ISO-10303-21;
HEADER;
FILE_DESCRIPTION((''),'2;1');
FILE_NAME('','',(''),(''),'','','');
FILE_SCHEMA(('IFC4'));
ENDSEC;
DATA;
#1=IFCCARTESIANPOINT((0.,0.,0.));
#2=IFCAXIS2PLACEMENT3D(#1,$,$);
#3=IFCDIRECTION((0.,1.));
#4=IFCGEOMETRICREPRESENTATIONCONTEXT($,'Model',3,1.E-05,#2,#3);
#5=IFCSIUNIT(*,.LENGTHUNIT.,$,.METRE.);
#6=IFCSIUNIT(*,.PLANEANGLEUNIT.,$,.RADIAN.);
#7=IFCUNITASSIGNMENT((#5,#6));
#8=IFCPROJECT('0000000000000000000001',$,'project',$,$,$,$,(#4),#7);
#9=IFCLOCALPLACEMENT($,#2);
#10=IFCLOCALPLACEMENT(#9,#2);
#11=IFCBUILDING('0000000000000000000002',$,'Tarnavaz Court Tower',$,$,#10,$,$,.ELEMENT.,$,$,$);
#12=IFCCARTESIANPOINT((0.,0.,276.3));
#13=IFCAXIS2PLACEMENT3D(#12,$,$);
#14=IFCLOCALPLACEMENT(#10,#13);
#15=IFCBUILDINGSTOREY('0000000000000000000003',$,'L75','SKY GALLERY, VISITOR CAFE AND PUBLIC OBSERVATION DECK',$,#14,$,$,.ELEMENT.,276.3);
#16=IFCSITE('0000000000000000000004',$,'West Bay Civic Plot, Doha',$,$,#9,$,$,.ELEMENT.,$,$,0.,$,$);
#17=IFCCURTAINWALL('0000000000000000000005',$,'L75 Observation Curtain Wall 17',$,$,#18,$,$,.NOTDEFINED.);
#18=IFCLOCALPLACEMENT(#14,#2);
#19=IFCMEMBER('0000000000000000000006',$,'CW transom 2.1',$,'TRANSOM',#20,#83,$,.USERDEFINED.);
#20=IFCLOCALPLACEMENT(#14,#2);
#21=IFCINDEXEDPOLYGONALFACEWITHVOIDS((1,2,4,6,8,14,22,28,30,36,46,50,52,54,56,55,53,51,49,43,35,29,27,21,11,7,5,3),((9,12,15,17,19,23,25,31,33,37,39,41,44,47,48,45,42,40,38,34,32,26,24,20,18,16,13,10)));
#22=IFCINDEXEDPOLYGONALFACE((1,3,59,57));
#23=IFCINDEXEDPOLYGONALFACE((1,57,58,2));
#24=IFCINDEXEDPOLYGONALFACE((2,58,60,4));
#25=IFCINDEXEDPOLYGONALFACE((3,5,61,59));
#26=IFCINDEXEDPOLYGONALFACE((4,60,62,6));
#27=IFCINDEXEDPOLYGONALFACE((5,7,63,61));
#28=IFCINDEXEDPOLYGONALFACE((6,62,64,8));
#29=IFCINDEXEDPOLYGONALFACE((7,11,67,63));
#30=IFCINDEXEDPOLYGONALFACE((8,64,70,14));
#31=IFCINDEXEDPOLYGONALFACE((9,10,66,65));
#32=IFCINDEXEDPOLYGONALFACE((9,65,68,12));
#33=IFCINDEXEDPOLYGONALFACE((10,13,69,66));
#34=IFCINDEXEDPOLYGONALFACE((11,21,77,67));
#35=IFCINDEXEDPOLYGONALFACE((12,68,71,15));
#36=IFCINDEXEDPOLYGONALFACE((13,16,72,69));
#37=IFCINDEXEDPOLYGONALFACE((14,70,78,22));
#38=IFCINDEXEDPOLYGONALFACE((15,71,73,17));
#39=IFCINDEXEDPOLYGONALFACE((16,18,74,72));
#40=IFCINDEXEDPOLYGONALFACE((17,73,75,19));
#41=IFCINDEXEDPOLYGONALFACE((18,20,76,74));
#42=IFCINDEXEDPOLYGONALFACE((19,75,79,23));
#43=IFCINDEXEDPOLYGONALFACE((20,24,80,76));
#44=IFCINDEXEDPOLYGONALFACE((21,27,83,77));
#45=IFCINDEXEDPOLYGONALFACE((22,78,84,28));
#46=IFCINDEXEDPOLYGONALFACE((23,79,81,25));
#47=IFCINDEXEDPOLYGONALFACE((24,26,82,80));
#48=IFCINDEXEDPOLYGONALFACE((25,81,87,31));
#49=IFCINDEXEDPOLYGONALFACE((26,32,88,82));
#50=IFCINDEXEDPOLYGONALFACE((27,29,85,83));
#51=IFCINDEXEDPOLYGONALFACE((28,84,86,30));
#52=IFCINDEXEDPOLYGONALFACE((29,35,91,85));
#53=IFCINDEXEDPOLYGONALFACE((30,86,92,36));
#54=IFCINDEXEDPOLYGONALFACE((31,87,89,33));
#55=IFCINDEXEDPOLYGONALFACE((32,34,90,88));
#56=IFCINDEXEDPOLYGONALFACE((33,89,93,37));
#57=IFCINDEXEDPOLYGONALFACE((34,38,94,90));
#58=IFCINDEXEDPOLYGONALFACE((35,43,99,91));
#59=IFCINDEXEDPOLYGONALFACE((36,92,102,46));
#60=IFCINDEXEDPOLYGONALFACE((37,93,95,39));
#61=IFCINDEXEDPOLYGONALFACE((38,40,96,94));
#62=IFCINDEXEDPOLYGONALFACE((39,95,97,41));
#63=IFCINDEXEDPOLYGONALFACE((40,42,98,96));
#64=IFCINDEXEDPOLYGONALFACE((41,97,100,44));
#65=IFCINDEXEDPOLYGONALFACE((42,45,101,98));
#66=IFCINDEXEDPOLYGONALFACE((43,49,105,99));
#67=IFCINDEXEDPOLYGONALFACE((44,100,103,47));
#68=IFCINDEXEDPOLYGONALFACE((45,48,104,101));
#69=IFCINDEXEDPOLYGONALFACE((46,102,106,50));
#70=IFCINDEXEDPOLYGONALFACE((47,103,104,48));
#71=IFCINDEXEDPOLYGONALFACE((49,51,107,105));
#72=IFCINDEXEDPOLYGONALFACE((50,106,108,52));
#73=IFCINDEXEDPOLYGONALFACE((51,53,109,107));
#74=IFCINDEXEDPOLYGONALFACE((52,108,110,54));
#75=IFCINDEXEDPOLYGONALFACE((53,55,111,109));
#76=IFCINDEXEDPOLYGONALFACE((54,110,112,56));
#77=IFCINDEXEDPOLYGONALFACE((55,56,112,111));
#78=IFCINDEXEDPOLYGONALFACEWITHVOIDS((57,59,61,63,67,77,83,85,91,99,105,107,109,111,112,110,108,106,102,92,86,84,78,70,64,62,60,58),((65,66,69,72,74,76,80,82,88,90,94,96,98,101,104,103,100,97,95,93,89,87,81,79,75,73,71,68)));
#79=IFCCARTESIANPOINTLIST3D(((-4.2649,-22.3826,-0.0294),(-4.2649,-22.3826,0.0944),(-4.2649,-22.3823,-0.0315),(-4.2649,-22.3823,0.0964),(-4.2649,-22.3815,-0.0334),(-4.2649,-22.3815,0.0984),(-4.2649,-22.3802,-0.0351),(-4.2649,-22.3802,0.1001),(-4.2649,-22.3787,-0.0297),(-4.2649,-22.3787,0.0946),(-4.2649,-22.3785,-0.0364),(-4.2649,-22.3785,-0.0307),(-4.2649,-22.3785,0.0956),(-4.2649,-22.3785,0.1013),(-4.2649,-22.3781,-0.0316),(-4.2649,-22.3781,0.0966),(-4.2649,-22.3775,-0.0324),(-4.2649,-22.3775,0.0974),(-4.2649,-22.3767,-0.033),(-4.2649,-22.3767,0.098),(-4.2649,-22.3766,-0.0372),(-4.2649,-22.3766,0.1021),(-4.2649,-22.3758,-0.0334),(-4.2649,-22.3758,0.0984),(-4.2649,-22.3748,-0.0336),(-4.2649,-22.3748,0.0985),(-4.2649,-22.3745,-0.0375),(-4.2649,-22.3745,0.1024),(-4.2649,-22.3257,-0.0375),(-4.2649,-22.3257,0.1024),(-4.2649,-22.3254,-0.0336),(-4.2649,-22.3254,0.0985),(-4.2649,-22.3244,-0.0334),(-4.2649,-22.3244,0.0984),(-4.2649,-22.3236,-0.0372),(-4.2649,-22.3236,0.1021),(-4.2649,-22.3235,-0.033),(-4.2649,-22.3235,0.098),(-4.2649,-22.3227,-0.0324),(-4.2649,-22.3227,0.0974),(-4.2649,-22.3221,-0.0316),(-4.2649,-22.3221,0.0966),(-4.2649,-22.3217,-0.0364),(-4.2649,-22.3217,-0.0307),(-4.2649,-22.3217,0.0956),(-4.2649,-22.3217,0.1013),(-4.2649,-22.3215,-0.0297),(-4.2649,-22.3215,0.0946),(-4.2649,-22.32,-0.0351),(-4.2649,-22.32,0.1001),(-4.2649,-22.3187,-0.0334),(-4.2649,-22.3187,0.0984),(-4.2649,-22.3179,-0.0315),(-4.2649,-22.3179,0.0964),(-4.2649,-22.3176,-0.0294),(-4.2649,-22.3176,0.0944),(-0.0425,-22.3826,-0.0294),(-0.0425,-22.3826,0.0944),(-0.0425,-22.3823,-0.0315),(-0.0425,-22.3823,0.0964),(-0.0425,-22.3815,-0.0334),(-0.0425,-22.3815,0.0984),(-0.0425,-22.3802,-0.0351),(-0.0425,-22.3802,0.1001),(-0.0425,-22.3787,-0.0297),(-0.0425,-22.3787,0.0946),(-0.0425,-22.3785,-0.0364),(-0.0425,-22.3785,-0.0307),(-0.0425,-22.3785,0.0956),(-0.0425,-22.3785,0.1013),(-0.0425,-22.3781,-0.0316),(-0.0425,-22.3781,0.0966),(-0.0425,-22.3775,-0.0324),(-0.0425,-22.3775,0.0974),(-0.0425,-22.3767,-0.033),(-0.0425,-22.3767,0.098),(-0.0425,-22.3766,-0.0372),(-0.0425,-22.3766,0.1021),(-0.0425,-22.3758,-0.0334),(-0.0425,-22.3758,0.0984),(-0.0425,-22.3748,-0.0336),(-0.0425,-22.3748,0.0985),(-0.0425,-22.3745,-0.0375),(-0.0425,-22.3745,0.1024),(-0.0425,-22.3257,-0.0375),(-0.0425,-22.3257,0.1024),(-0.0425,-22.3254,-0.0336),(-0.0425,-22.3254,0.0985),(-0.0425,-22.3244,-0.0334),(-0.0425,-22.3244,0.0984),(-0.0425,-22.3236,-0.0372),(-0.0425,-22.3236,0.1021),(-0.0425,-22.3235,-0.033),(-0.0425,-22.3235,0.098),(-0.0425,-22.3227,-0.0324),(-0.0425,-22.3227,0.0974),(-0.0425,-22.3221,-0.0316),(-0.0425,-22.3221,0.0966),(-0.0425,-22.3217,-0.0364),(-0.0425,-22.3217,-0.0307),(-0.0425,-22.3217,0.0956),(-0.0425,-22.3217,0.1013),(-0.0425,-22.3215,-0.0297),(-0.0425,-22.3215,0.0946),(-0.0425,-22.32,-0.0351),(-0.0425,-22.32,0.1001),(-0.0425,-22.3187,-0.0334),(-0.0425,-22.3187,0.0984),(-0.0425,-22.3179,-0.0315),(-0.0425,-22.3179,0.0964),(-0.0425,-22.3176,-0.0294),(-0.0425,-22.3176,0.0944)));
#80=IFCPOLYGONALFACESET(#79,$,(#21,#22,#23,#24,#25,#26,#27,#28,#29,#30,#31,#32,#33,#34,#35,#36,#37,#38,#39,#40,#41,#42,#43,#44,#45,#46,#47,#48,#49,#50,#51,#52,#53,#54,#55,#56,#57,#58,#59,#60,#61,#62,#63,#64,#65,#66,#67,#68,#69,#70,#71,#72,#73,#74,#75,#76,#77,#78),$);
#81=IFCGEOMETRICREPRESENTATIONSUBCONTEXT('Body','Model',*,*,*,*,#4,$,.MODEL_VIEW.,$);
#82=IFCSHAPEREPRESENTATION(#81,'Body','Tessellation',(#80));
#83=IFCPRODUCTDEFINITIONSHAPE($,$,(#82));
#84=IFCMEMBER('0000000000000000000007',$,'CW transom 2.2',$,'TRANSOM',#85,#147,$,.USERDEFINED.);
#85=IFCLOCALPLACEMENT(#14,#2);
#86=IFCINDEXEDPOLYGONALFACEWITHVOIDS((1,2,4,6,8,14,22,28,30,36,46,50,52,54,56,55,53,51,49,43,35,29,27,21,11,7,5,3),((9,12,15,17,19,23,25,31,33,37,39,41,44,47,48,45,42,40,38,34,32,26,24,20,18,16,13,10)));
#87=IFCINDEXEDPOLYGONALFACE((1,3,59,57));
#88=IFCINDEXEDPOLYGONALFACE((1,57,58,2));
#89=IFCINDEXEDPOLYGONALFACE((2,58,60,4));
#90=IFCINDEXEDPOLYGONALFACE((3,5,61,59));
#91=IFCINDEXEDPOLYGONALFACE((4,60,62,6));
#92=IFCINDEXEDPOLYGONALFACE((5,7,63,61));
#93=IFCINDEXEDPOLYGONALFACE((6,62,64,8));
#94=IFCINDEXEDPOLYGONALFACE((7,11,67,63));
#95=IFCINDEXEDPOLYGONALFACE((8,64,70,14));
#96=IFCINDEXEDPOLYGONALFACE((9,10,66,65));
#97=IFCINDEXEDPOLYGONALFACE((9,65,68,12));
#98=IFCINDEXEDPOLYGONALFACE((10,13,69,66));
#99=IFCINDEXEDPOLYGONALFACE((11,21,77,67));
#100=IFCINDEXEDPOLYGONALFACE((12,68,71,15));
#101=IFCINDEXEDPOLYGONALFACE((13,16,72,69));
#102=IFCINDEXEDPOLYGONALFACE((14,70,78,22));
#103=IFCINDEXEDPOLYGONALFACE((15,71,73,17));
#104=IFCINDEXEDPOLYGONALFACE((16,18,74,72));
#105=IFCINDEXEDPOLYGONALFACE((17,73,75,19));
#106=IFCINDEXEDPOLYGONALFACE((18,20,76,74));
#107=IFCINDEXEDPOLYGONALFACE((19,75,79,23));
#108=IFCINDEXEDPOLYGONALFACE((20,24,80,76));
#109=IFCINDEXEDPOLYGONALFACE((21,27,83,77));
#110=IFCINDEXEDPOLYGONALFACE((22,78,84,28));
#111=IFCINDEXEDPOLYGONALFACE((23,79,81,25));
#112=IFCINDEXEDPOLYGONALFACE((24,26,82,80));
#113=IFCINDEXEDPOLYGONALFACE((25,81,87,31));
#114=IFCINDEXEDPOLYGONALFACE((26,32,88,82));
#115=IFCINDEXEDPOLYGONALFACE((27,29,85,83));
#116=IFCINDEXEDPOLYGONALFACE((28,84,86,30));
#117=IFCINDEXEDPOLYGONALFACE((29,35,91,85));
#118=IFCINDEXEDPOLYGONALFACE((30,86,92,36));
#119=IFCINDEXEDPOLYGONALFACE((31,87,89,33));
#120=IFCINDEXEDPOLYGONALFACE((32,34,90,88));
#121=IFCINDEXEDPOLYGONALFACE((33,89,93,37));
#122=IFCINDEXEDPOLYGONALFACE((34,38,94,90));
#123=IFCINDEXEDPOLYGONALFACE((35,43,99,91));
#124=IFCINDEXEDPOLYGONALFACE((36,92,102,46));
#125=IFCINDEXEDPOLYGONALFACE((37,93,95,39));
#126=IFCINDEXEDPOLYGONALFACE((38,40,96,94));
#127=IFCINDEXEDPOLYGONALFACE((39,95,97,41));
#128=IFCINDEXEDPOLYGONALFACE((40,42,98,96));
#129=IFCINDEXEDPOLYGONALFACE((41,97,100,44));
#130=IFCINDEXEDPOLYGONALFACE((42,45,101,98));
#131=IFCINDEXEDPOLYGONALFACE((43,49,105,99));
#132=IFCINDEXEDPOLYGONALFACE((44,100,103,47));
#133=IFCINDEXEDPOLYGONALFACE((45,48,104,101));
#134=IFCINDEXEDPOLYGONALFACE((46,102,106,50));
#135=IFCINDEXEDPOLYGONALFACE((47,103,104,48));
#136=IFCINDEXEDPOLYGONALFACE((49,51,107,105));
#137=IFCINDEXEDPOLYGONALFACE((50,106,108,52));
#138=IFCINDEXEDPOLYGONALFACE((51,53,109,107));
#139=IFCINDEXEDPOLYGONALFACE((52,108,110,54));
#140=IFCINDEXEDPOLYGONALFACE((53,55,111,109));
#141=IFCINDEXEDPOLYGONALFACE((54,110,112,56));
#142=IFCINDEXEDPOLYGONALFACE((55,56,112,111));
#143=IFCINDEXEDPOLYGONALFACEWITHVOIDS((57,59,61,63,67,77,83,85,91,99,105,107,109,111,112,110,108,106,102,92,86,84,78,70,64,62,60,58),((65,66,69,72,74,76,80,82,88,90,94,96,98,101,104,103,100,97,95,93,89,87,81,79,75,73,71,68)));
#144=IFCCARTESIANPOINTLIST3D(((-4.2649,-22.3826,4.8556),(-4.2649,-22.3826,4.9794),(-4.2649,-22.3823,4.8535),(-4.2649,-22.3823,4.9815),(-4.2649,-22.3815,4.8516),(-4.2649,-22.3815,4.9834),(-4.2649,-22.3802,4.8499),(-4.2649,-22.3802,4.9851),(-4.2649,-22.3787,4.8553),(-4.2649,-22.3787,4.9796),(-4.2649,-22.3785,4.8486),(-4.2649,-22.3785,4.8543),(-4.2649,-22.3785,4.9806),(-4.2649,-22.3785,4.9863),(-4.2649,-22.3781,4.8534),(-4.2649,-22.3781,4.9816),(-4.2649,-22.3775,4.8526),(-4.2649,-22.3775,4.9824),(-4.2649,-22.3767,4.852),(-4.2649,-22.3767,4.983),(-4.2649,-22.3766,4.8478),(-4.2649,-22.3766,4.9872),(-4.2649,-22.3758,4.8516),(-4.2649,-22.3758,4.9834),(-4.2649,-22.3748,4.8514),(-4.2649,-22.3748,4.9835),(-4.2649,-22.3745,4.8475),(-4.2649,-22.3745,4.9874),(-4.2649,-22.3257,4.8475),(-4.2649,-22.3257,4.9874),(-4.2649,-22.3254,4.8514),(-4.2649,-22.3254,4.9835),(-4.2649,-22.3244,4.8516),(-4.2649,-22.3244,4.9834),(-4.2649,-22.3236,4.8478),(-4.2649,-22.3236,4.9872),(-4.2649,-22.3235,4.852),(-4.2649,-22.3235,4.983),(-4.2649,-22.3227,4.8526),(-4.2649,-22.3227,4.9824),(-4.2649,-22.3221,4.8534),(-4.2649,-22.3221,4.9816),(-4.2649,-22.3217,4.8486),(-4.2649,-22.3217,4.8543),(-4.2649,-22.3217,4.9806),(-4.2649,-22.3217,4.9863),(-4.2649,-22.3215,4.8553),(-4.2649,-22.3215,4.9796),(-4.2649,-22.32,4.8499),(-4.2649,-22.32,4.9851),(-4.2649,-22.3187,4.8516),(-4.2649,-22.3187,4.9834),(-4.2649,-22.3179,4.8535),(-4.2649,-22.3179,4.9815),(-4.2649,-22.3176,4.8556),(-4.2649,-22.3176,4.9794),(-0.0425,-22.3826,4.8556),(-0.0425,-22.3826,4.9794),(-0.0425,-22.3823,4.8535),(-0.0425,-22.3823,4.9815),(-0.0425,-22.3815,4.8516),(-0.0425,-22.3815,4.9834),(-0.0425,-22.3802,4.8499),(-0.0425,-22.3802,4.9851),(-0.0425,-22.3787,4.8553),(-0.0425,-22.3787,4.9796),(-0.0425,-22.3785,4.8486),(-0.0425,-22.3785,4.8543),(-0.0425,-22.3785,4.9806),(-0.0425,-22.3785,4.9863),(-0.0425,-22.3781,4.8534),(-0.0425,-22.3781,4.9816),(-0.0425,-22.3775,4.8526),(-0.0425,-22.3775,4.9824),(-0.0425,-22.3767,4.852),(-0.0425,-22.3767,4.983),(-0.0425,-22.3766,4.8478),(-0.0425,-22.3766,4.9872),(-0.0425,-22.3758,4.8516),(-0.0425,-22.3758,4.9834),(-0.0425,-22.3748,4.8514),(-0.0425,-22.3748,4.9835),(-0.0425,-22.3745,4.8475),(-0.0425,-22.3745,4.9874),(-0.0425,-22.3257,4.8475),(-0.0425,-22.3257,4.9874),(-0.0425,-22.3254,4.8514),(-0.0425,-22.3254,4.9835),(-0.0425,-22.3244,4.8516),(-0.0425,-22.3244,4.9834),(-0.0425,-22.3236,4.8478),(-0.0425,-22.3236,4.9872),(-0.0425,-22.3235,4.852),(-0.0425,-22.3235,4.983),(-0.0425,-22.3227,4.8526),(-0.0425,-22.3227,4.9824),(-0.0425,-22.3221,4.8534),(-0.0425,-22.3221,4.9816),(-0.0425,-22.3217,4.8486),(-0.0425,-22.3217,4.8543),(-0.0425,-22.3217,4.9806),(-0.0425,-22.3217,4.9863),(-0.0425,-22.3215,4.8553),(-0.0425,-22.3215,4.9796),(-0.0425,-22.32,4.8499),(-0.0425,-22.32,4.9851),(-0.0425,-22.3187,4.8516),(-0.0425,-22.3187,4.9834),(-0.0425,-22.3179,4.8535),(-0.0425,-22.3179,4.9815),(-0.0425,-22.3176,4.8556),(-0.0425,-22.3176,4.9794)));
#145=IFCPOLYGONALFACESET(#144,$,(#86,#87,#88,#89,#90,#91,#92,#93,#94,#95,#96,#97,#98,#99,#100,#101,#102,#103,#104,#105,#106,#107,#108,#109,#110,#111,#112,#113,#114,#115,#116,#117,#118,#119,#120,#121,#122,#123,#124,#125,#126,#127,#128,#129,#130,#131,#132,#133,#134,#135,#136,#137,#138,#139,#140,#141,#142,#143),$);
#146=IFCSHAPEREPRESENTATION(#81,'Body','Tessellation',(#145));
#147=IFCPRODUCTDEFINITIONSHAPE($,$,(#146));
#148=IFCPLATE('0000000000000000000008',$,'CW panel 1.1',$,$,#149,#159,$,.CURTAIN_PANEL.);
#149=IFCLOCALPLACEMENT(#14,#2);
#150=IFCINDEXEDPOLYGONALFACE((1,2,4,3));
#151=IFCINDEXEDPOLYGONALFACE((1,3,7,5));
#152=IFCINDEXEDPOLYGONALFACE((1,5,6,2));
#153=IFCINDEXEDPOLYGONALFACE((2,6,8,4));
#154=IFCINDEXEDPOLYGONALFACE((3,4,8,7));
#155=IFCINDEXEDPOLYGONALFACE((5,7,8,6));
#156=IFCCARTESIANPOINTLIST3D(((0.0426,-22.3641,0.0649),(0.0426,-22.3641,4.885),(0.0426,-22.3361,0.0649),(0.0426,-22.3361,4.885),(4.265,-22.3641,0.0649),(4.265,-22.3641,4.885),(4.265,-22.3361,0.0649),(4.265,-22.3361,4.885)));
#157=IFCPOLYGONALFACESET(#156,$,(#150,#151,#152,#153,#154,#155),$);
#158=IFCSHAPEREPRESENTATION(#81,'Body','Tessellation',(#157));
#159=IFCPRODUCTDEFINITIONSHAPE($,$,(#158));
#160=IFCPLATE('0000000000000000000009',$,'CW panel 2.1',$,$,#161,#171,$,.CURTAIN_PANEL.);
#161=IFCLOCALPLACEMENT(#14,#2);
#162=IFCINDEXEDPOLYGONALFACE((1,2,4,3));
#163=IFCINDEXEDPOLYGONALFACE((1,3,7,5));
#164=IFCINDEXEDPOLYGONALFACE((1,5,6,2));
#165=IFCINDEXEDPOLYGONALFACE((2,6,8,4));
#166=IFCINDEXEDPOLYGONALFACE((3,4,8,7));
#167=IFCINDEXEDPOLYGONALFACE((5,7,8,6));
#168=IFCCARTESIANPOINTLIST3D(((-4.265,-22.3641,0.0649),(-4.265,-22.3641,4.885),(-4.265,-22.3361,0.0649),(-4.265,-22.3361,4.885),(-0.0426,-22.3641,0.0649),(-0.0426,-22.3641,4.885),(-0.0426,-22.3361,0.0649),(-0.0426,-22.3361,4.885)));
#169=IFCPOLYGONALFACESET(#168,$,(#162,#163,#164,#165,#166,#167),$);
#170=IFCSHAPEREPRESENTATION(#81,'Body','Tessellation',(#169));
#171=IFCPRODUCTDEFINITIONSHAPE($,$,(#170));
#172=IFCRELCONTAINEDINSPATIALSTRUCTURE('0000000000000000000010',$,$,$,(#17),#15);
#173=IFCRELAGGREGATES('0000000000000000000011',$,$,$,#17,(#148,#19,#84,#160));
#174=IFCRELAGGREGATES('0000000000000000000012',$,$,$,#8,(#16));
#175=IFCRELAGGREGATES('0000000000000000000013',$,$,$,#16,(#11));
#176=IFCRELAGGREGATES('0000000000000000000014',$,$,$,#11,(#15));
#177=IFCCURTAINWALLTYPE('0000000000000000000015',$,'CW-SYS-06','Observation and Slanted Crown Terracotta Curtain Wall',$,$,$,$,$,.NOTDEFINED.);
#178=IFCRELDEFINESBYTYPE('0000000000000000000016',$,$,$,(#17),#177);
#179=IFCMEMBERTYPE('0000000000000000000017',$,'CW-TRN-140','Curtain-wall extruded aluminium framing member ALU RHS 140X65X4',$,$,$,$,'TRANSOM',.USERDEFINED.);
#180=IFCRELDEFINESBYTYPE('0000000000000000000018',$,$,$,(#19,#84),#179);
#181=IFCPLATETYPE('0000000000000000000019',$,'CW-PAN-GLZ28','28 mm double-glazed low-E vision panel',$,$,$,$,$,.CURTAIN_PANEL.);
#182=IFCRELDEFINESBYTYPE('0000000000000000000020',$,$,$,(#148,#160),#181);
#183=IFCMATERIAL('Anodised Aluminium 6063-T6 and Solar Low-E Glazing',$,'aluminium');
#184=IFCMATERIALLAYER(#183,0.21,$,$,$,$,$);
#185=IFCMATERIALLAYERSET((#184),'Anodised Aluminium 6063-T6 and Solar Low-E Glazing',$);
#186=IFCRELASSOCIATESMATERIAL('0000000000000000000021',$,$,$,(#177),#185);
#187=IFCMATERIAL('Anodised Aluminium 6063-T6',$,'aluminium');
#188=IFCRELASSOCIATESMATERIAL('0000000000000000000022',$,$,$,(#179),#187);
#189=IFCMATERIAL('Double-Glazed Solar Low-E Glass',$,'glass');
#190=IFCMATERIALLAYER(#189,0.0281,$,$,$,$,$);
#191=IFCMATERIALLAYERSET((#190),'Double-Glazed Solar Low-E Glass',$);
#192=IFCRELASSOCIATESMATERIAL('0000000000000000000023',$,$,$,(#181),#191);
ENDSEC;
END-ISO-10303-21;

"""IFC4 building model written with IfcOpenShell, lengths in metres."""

from ifc_helpers import new_model, si_unit, direction, frame, origin, origin_2d, place, context, subcontext, project, spatial, rectangle, hollow_rectangle, extrude, material, layer, layer_set, material_profile, profile_set, type_object, element, aggregate, save


model = new_model("IFC4")

# Units and contexts
model_context = context("Model", 3, precision=1e-05, world=origin(), true_north=direction((0.0, 1.0)))
body_context = subcontext(model_context, "Body", "Model", "MODEL_VIEW")
ifc_project = project(units=[si_unit("LENGTHUNIT", "METRE"), si_unit("PLANEANGLEUNIT", "RADIAN")], contexts=[model_context])

# Site, building, storey
site_placement = place(None, origin())
site = spatial("IfcSite", under=ifc_project, at=site_placement, Name="West Bay Civic Plot, Doha", CompositionType="ELEMENT", RefElevation=0.0)
building_placement = place(site_placement, origin())
building = spatial("IfcBuilding", under=site, at=building_placement, Name="Tarnavaz Court Tower", CompositionType="ELEMENT")
storey_placement = place(building_placement, frame((0.0, 0.0, 276.3)))
storey = spatial("IfcBuildingStorey", under=building, at=storey_placement, Name="L75", Description="SKY GALLERY, VISITOR CAFE AND PUBLIC OBSERVATION DECK", CompositionType="ELEMENT", Elevation=276.3)

# Curtain wall, members, plates
ifc_material_1 = material(Name="Anodised Aluminium 6063-T6 and Solar Low-E Glazing", Category="aluminium")
ifc_layer_1 = layer(ifc_material_1, 0.21)
ifc_layer_set_1 = layer_set([ifc_layer_1], Name="Anodised Aluminium 6063-T6 and Solar Low-E Glazing")
curtain_wall_type = type_object("IfcCurtainWallType", Name="CW-SYS-06", Description="Observation and Slanted Crown Terracotta Curtain Wall", PredefinedType="NOTDEFINED", material=ifc_layer_set_1)
curtain_wall_placement = place(storey_placement, origin())
curtain_wall = element("IfcCurtainWall", 1, at=curtain_wall_placement, inside=storey, type_object=curtain_wall_type, Name="L75 Observation Curtain Wall 17", PredefinedType="NOTDEFINED")
ifc_material_2 = material(Name="Anodised Aluminium 6063-T6", Category="aluminium")
ifc_material_profile_1 = material_profile(ifc_material_2, hollow_rectangle(XDim=0.0649, YDim=0.1399, WallThickness=0.0039, InnerFilletRadius=0.0039, OuterFilletRadius=0.0081, at=origin_2d()), Name="ALU RHS 140X65X4")
ifc_profile_set_1 = profile_set([ifc_material_profile_1], Name="Anodised Aluminium 6063-T6")
member_type_1 = type_object("IfcMemberType", Name="CW-TRN-140", Description="Curtain-wall extruded aluminium framing member ALU RHS 140X65X4", ElementType="TRANSOM", PredefinedType="USERDEFINED", material=ifc_profile_set_1)
member_1_placement = place(storey_placement, frame((-0.0425, -22.3501, 0.0325), z_axis=(-1.0, 0.0, 0.0), x_axis=(0.0, -1.0, 0.0)))
member_1 = element("IfcMember", 2, at=member_1_placement, type_object=member_type_1, Name="CW transom 2.1", ObjectType="TRANSOM", PredefinedType="USERDEFINED", context=body_context, shape_type="SweptSolid", body=[
    extrude(hollow_rectangle(XDim=0.0649, YDim=0.1399, WallThickness=0.0039, InnerFilletRadius=0.0039, OuterFilletRadius=0.0081, at=origin_2d()), origin(), (0.0, 0.0, 1.0), 4.2224),
])
member_2_placement = place(storey_placement, frame((-0.0425, -22.3501, 4.9175), z_axis=(-1.0, 0.0, 0.0), x_axis=(0.0, -1.0, 0.0)))
member_2 = element("IfcMember", 3, at=member_2_placement, type_object=member_type_1, Name="CW transom 2.2", ObjectType="TRANSOM", PredefinedType="USERDEFINED", context=body_context, shape_type="SweptSolid", body=[
    extrude(hollow_rectangle(XDim=0.0649, YDim=0.1399, WallThickness=0.0039, InnerFilletRadius=0.0039, OuterFilletRadius=0.0081, at=origin_2d()), origin(), (0.0, 0.0, 1.0), 4.2224),
])
ifc_material_3 = material(Name="Double-Glazed Solar Low-E Glass", Category="glass")
ifc_layer_2 = layer(ifc_material_3, 0.0281)
ifc_layer_set_2 = layer_set([ifc_layer_2], Name="Double-Glazed Solar Low-E Glass")
plate_type = type_object("IfcPlateType", Name="CW-PAN-GLZ28", Description="28 mm double-glazed low-E vision panel", PredefinedType="CURTAIN_PANEL", material=ifc_layer_set_2)
plate_1_placement = place(storey_placement, frame((2.1538, -22.3501, 0.0649), z_axis=(0.0, 0.0, 1.0), x_axis=(-1.0, 0.0, 0.0)))
plate_1 = element("IfcPlate", 4, at=plate_1_placement, type_object=plate_type, Name="CW panel 1.1", PredefinedType="CURTAIN_PANEL", context=body_context, shape_type="SweptSolid", body=[
    extrude(rectangle(XDim=4.2224, YDim=0.0281, at=origin_2d()), origin(), (0.0, 0.0, 1.0), 4.8201),
])
plate_2_placement = place(storey_placement, frame((-2.1538, -22.3501, 0.0649), z_axis=(0.0, 0.0, 1.0), x_axis=(-1.0, 0.0, 0.0)))
plate_2 = element("IfcPlate", 5, at=plate_2_placement, type_object=plate_type, Name="CW panel 2.1", PredefinedType="CURTAIN_PANEL", context=body_context, shape_type="SweptSolid", body=[
    extrude(rectangle(XDim=4.2224, YDim=0.0281, at=origin_2d()), origin(), (0.0, 0.0, 1.0), 4.8201),
])
aggregate(curtain_wall, [plate_1, member_1, member_2, plate_2])

save(model, "model.ifc")
